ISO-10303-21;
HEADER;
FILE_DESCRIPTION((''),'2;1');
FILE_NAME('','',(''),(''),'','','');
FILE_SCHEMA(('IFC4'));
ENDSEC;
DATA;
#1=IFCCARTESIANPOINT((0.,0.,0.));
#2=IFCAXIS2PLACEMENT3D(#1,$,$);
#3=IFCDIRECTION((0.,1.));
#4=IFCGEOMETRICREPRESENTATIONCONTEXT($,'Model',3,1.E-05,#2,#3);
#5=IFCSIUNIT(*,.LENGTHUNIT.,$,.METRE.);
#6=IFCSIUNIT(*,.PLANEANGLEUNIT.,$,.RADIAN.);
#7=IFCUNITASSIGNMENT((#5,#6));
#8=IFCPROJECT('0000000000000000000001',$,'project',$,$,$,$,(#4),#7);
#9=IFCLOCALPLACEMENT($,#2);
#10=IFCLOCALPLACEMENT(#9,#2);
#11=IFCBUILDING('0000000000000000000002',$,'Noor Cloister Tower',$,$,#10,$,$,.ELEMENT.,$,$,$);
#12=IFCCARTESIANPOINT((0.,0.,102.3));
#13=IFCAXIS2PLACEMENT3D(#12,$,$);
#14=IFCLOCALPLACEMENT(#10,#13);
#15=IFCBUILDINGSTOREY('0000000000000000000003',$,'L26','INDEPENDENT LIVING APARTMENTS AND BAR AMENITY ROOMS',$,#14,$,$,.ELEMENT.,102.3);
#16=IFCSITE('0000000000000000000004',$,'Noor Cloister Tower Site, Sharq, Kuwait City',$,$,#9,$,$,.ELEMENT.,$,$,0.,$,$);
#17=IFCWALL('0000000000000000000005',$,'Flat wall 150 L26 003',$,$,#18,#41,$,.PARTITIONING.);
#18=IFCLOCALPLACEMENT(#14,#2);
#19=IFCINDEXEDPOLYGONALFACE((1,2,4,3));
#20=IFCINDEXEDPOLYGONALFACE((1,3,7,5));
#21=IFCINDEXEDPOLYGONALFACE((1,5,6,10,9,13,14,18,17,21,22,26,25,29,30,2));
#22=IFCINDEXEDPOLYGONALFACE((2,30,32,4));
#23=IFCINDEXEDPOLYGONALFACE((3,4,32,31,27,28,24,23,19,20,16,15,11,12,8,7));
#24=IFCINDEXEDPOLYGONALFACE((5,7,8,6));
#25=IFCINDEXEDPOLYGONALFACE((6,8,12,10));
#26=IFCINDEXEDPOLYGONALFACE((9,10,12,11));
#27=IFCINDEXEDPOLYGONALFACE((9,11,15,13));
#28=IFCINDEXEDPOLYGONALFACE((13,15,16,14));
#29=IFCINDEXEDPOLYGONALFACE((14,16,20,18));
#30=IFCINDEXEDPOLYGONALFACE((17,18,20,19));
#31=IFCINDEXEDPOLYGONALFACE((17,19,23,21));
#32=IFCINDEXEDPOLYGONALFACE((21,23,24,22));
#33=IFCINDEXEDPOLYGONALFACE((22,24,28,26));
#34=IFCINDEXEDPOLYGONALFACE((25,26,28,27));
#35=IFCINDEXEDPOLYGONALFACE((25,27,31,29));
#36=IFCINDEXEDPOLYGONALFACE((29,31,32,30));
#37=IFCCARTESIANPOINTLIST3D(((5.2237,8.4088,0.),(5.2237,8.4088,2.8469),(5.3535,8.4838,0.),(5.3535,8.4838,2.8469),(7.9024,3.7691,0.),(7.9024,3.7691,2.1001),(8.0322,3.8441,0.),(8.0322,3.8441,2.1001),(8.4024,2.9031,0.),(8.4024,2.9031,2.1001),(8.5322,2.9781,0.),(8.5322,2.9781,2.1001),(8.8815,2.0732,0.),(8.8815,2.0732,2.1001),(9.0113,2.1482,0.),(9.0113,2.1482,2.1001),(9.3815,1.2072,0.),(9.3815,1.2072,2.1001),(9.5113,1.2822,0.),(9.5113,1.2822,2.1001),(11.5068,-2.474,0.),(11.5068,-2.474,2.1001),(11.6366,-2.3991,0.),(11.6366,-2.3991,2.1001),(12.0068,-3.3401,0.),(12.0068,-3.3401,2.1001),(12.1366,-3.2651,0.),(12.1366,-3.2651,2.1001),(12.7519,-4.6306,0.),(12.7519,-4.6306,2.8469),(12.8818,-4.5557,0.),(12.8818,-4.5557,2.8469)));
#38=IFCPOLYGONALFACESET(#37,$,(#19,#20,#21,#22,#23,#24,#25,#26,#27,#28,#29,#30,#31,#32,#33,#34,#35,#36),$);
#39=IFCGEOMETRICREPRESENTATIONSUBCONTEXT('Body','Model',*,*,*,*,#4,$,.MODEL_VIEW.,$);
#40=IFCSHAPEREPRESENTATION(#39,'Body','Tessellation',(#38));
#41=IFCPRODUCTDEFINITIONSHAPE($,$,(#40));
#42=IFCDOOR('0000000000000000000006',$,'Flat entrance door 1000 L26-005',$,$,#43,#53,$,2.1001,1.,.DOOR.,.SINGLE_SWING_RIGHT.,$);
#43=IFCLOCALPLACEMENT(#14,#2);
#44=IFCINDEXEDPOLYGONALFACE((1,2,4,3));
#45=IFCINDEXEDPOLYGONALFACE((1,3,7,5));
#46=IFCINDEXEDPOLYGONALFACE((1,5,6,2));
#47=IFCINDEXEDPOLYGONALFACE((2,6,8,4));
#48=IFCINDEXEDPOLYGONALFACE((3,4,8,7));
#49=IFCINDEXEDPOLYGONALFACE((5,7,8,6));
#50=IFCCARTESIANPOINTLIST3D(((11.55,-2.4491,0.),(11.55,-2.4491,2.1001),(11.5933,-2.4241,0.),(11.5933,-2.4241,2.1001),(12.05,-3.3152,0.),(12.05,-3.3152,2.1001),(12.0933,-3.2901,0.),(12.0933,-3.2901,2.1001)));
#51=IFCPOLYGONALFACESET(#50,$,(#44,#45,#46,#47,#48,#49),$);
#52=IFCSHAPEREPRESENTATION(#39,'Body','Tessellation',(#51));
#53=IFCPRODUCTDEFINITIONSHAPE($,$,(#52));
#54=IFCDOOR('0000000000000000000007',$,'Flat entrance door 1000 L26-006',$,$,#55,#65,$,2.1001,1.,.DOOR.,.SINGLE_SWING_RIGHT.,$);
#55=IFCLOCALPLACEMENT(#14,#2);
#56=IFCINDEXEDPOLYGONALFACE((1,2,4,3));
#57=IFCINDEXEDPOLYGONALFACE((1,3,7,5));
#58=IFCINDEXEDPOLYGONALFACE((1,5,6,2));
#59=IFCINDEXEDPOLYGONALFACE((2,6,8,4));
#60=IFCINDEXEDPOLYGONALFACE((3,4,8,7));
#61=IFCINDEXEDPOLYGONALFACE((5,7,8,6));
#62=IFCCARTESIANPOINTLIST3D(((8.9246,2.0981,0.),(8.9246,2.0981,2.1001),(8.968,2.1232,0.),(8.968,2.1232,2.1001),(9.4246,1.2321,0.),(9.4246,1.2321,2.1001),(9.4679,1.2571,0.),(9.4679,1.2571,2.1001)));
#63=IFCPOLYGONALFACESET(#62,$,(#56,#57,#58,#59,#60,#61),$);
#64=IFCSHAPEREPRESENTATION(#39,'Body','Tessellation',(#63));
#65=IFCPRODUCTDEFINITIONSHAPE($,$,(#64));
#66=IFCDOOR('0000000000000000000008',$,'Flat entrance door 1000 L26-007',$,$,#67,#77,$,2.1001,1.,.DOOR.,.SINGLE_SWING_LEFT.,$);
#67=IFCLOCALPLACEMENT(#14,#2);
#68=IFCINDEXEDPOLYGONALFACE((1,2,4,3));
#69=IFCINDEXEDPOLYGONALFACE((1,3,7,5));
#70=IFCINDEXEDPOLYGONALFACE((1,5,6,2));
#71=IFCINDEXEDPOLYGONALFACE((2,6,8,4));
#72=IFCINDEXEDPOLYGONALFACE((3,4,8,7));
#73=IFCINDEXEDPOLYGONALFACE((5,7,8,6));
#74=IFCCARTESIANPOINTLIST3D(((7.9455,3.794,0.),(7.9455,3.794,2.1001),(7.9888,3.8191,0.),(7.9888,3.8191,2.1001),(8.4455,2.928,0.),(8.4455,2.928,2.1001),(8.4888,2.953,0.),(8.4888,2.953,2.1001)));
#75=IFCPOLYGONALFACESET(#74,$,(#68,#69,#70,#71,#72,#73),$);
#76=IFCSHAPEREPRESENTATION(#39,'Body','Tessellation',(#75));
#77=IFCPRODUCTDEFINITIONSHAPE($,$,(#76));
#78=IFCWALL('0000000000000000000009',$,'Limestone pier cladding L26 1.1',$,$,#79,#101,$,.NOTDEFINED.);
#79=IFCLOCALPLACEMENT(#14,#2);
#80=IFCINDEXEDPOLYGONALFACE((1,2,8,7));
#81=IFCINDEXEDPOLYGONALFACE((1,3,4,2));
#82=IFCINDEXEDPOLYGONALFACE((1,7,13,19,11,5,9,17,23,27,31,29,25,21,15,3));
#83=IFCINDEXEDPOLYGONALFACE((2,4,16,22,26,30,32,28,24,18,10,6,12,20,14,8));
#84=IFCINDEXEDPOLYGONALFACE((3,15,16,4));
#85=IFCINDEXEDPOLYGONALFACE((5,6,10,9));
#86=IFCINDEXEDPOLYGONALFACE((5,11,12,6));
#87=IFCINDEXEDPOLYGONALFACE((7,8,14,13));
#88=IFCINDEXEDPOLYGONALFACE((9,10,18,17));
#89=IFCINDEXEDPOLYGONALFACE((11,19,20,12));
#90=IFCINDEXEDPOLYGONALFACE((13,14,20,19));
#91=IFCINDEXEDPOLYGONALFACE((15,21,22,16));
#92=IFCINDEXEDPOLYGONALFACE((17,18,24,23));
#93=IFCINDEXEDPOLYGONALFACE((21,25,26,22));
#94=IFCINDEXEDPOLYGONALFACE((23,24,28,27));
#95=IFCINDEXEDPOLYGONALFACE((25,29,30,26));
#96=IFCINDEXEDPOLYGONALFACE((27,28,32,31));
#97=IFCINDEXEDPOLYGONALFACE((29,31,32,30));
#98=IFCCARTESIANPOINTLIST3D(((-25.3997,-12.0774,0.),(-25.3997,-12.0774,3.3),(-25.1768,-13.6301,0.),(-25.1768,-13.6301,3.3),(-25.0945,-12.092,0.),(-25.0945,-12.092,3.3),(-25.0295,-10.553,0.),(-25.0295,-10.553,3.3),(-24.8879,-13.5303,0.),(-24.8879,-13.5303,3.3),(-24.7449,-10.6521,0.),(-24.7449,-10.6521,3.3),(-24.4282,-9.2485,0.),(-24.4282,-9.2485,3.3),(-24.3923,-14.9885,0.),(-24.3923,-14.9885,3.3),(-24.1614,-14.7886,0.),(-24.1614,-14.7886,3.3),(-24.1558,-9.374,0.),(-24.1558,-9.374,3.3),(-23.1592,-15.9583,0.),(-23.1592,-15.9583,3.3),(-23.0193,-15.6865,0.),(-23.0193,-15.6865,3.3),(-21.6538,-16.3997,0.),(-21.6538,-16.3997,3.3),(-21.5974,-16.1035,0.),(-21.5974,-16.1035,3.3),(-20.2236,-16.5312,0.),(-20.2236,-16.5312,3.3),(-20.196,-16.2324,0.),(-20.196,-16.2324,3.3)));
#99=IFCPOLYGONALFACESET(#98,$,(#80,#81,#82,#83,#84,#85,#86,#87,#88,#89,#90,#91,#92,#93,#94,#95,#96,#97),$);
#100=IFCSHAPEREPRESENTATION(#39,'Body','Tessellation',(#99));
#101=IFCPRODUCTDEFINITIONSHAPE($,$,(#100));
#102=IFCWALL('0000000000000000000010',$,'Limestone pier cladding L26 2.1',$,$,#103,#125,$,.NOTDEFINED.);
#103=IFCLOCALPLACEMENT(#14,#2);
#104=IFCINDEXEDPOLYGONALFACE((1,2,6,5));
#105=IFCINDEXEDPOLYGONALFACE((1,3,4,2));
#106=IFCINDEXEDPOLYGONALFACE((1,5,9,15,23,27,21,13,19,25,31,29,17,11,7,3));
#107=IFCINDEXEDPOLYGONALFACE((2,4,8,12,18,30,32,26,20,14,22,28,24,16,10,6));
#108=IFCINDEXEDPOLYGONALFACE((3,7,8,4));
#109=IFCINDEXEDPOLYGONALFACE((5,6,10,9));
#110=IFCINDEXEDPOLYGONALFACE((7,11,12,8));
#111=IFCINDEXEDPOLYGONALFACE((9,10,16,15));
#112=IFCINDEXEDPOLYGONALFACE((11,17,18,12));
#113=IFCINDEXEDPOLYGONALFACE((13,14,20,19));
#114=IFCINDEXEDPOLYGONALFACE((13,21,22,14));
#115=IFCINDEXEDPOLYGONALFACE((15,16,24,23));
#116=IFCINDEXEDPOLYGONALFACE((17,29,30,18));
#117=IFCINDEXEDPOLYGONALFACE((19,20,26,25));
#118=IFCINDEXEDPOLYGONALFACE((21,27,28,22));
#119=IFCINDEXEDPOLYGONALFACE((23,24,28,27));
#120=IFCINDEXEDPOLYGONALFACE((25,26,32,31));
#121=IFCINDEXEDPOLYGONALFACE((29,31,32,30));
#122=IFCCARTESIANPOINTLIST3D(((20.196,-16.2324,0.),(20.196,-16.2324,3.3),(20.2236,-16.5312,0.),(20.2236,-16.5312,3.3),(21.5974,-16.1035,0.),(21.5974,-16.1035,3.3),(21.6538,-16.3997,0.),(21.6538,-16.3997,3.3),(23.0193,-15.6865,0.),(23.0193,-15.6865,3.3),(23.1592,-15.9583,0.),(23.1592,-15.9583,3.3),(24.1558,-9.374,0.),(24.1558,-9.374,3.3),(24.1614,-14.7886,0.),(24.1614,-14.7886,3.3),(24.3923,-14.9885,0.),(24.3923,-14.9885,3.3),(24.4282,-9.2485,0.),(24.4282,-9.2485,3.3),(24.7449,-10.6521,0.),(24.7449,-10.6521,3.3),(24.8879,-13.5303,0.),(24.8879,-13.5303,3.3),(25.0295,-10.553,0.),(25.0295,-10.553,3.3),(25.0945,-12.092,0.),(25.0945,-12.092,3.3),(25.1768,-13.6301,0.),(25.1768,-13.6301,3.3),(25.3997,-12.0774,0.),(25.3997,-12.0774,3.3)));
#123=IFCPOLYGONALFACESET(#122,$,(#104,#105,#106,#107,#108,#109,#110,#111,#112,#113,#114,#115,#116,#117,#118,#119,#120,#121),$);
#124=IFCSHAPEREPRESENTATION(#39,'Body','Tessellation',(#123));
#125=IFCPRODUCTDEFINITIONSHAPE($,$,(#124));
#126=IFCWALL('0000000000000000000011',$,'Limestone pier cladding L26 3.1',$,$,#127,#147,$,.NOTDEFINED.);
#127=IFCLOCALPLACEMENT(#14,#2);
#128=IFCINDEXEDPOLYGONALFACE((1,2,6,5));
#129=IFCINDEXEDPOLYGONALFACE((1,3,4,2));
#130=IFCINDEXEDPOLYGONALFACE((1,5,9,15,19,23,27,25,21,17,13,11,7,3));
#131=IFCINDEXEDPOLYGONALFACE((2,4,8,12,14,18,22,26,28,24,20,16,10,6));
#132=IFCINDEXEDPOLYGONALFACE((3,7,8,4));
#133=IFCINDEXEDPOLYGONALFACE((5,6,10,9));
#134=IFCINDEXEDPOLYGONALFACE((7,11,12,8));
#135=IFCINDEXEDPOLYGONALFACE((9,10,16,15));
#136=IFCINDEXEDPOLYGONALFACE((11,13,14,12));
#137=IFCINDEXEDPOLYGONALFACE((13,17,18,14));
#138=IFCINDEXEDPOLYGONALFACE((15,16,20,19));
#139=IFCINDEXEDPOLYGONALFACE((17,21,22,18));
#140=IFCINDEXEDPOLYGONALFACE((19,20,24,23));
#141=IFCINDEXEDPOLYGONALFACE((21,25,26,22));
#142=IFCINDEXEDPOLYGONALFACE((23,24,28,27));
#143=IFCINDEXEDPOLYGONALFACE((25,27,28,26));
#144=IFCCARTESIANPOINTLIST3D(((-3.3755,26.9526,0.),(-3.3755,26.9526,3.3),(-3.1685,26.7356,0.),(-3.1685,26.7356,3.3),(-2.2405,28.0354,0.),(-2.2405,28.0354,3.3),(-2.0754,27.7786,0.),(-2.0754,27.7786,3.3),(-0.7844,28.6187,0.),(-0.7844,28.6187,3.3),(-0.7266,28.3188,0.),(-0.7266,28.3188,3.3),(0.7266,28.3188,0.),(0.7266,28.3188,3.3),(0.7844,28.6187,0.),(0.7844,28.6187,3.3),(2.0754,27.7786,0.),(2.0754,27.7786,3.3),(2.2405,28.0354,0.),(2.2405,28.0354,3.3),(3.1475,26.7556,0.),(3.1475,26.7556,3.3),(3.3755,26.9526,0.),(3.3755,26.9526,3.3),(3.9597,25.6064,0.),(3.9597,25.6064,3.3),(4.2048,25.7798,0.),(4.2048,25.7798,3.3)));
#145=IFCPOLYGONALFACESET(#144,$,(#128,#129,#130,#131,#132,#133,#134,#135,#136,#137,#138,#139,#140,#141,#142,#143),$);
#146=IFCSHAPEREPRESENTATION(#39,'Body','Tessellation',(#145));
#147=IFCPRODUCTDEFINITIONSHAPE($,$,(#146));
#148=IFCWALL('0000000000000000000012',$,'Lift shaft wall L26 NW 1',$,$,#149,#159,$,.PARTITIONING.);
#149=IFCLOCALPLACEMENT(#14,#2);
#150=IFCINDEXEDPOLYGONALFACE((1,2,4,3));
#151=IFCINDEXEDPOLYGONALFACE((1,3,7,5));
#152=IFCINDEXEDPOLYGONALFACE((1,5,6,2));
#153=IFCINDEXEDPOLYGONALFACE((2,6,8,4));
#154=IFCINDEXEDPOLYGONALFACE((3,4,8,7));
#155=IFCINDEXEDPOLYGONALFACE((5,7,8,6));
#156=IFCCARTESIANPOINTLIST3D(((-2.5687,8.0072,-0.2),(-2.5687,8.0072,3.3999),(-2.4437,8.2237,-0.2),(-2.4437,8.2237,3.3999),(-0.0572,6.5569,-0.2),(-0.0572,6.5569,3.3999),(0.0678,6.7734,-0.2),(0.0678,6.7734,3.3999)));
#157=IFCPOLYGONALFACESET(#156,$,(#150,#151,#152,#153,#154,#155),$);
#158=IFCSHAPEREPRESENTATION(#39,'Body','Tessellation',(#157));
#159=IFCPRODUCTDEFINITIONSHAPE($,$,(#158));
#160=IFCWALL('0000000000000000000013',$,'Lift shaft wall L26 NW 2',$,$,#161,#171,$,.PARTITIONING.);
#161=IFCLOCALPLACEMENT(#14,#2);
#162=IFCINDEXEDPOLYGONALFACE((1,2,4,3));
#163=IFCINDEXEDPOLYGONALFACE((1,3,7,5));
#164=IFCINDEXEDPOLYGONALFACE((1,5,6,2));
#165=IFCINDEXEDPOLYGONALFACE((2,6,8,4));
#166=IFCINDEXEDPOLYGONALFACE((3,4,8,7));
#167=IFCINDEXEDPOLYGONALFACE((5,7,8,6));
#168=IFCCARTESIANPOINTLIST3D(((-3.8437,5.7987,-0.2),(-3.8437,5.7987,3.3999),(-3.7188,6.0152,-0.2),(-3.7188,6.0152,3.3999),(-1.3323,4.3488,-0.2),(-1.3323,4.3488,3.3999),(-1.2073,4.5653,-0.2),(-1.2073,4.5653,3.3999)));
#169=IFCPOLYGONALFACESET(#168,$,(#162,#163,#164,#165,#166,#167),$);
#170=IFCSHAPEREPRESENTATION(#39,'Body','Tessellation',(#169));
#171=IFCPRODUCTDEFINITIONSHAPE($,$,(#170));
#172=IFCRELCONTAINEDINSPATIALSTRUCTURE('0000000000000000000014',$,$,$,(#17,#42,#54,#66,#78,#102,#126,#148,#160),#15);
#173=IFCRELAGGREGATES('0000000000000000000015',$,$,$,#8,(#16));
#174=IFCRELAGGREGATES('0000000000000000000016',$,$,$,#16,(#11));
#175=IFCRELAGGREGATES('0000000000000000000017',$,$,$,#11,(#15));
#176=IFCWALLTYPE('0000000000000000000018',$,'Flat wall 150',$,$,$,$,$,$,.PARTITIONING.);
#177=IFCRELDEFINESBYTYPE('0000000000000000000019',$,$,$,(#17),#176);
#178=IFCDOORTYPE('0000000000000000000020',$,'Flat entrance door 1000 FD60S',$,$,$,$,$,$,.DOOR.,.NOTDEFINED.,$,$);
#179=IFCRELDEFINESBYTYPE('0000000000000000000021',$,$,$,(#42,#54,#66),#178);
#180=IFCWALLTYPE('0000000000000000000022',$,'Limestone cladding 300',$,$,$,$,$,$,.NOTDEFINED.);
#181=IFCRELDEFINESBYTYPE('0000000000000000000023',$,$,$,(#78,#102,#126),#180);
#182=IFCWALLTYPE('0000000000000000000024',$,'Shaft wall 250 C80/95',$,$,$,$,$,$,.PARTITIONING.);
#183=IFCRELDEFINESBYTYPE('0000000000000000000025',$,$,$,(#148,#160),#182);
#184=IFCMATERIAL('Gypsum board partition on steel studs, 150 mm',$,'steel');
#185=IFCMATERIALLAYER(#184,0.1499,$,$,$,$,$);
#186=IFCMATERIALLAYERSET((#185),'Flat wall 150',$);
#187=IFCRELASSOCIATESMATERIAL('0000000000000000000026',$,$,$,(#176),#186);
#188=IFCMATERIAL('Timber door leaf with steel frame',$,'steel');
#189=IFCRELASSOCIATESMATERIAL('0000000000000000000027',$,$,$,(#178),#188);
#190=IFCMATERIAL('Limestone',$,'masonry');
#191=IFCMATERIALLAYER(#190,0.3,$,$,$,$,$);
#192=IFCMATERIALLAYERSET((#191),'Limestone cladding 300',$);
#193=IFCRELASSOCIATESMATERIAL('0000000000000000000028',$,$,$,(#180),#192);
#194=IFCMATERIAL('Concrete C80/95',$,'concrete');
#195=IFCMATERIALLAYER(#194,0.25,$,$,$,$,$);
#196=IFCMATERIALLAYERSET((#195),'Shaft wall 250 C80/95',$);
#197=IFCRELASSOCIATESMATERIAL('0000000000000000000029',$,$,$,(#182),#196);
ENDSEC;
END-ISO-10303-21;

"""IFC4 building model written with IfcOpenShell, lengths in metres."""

from ifc_helpers import new_model, si_unit, direction, frame, frame_2d, origin, place, context, subcontext, project, spatial, polyline, rectangle, outline, extrude, material, layer, layer_set, type_object, element, fill, save


model = new_model("IFC4")

# Units and contexts
model_context = context("Model", 3, precision=1e-05, world=origin(), true_north=direction((0.0, 1.0)))
body_context = subcontext(model_context, "Body", "Model", "MODEL_VIEW")
ifc_project = project(units=[si_unit("LENGTHUNIT", "METRE"), si_unit("PLANEANGLEUNIT", "RADIAN")], contexts=[model_context])

# Site, building, storey
site_placement = place(None, origin())
site = spatial("IfcSite", under=ifc_project, at=site_placement, Name="Noor Cloister Tower Site, Sharq, Kuwait City", CompositionType="ELEMENT", RefElevation=0.0)
building_placement = place(site_placement, origin())
building = spatial("IfcBuilding", under=site, at=building_placement, Name="Noor Cloister Tower", CompositionType="ELEMENT")
storey_placement = place(building_placement, frame((0.0, 0.0, 102.3)))
storey = spatial("IfcBuildingStorey", under=building, at=storey_placement, Name="L26", Description="INDEPENDENT LIVING APARTMENTS AND BAR AMENITY ROOMS", CompositionType="ELEMENT", Elevation=102.3)

# Wall, openings, doors
ifc_material_1 = material(Name="Gypsum board partition on steel studs, 150 mm", Category="steel")
ifc_layer_1 = layer(ifc_material_1, 0.1499)
ifc_layer_set_1 = layer_set([ifc_layer_1], Name="Flat wall 150")
wall_type_1 = type_object("IfcWallType", Name="Flat wall 150", PredefinedType="PARTITIONING", material=ifc_layer_set_1)
wall_1_placement = place(storey_placement, frame((5.2886, 8.4463, 0.0), z_axis=(0.0, 0.0, 1.0), x_axis=(0.499997, -0.866027, 0.0)))
wall_1 = element("IfcWall", 1, at=wall_1_placement, inside=storey, type_object=wall_type_1, Name="Flat wall 150 L26 003", PredefinedType="PARTITIONING", context=body_context, shape_type="SweptSolid", body=[
    extrude(rectangle(XDim=15.0566, YDim=0.1499, at=frame_2d((7.5283, 0.0))), origin(), (0.0, 0.0, 1.0), 2.8469),
])
opening_1_placement = place(wall_1_placement, frame((12.5664, 0.0, 0.0)))
opening_1 = element("IfcOpeningElement", 2, at=opening_1_placement, cuts=wall_1, PredefinedType="OPENING", context=body_context, shape_type="SweptSolid", body=[
    extrude(rectangle(XDim=1.0, YDim=2.1001, at=frame_2d((0.5, 1.05))), frame((0.0, 0.085, 0.0), z_axis=(0.0, -1.0, 0.0), x_axis=(1.0, 0.0, 0.0)), (0.0, 0.0, 1.0), 0.1699),
])
opening_2_placement = place(wall_1_placement, frame((7.3157, 0.0, 0.0)))
opening_2 = element("IfcOpeningElement", 3, at=opening_2_placement, cuts=wall_1, PredefinedType="OPENING", context=body_context, shape_type="SweptSolid", body=[
    extrude(rectangle(XDim=1.0, YDim=2.1001, at=frame_2d((0.5, 1.05))), frame((0.0, 0.085, 0.0), z_axis=(0.0, -1.0, 0.0), x_axis=(1.0, 0.0, 0.0)), (0.0, 0.0, 1.0), 0.1699),
])
opening_3_placement = place(wall_1_placement, frame((5.3574, 0.0, 0.0)))
opening_3 = element("IfcOpeningElement", 4, at=opening_3_placement, cuts=wall_1, PredefinedType="OPENING", context=body_context, shape_type="SweptSolid", body=[
    extrude(rectangle(XDim=1.0, YDim=2.1001, at=frame_2d((0.5, 1.05))), frame((0.0, 0.085, 0.0), z_axis=(0.0, -1.0, 0.0), x_axis=(1.0, 0.0, 0.0)), (0.0, 0.0, 1.0), 0.1699),
])
ifc_material_2 = material(Name="Timber door leaf with steel frame", Category="steel")
door_type_1 = type_object("IfcDoorType", Name="Flat entrance door 1000 FD60S", OperationType="NOTDEFINED", PredefinedType="DOOR", material=ifc_material_2)
door_1_placement = place(opening_1_placement, origin())
door_1 = element("IfcDoor", 5, at=door_1_placement, inside=storey, type_object=door_type_1, Name="Flat entrance door 1000 L26-005", OperationType="SINGLE_SWING_RIGHT", OverallHeight=2.1001, OverallWidth=1.0, PredefinedType="DOOR", context=body_context, shape_type="SweptSolid", body=[
    extrude(rectangle(XDim=1.0, YDim=2.1001, at=frame_2d((0.5, 1.05))), frame((0.0, 0.0249, 0.0), z_axis=(0.0, -1.0, 0.0), x_axis=(1.0, 0.0, 0.0)), (0.0, 0.0, 1.0), 0.05),
])
fill(opening_1, door_1)
door_2_placement = place(opening_2_placement, origin())
door_2 = element("IfcDoor", 6, at=door_2_placement, inside=storey, type_object=door_type_1, Name="Flat entrance door 1000 L26-006", OperationType="SINGLE_SWING_RIGHT", OverallHeight=2.1001, OverallWidth=1.0, PredefinedType="DOOR", context=body_context, shape_type="SweptSolid", body=[
    extrude(rectangle(XDim=1.0, YDim=2.1001, at=frame_2d((0.5, 1.05))), frame((0.0, 0.0249, 0.0), z_axis=(0.0, -1.0, 0.0), x_axis=(1.0, 0.0, 0.0)), (0.0, 0.0, 1.0), 0.05),
])
fill(opening_2, door_2)
door_3_placement = place(opening_3_placement, origin())
door_3 = element("IfcDoor", 7, at=door_3_placement, inside=storey, type_object=door_type_1, Name="Flat entrance door 1000 L26-007", OperationType="SINGLE_SWING_LEFT", OverallHeight=2.1001, OverallWidth=1.0, PredefinedType="DOOR", context=body_context, shape_type="SweptSolid", body=[
    extrude(rectangle(XDim=1.0, YDim=2.1001, at=frame_2d((0.5, 1.05))), frame((0.0, 0.0249, 0.0), z_axis=(0.0, -1.0, 0.0), x_axis=(1.0, 0.0, 0.0)), (0.0, 0.0, 1.0), 0.05),
])
fill(opening_3, door_3)

# Walls
ifc_material_3 = material(Name="Limestone", Category="masonry")
ifc_layer_2 = layer(ifc_material_3, 0.3)
ifc_layer_set_2 = layer_set([ifc_layer_2], Name="Limestone cladding 300")
wall_type_2 = type_object("IfcWallType", Name="Limestone cladding 300", PredefinedType="NOTDEFINED", material=ifc_layer_set_2)
wall_2_placement = place(storey_placement, origin())
element("IfcWall", 8, at=wall_2_placement, inside=storey, type_object=wall_type_2, Name="Limestone pier cladding L26 1.1", PredefinedType="NOTDEFINED", context=body_context, shape_type="SweptSolid", body=[
    extrude(outline(polyline([(-24.4282, -9.2485), (-25.0295, -10.553), (-25.3997, -12.0774), (-25.1768, -13.6301), (-24.3923, -14.9885), (-23.1592, -15.9583), (-21.6538, -16.3997), (-20.2236, -16.5312), (-20.196, -16.2324), (-21.5974, -16.1035), (-23.0193, -15.6865), (-24.1614, -14.7886), (-24.8879, -13.5303), (-25.0945, -12.092), (-24.7449, -10.6521), (-24.1558, -9.374), (-24.4282, -9.2485)])), origin(), (0.0, 0.0, 1.0), 3.3),
])
wall_3_placement = place(storey_placement, origin())
element("IfcWall", 9, at=wall_3_placement, inside=storey, type_object=wall_type_2, Name="Limestone pier cladding L26 2.1", PredefinedType="NOTDEFINED", context=body_context, shape_type="SweptSolid", body=[
    extrude(outline(polyline([(20.2236, -16.5312), (21.6538, -16.3997), (23.1592, -15.9583), (24.3923, -14.9885), (25.1768, -13.6301), (25.3997, -12.0774), (25.0295, -10.553), (24.4282, -9.2485), (24.1558, -9.374), (24.7449, -10.6521), (25.0945, -12.092), (24.8879, -13.5303), (24.1614, -14.7886), (23.0193, -15.6865), (21.5974, -16.1035), (20.196, -16.2324), (20.2236, -16.5312)])), origin(), (0.0, 0.0, 1.0), 3.3),
])
wall_4_placement = place(storey_placement, origin())
element("IfcWall", 10, at=wall_4_placement, inside=storey, type_object=wall_type_2, Name="Limestone pier cladding L26 3.1", PredefinedType="NOTDEFINED", context=body_context, shape_type="SweptSolid", body=[
    extrude(outline(polyline([(4.2048, 25.7798), (3.3755, 26.9526), (2.2405, 28.0354), (0.7844, 28.6187), (-0.7844, 28.6187), (-2.2405, 28.0354), (-3.3755, 26.9526), (-3.1685, 26.7356), (-2.0754, 27.7786), (-0.7266, 28.3188), (0.7266, 28.3188), (2.0754, 27.7786), (3.1475, 26.7556), (3.9597, 25.6064), (4.2048, 25.7798)])), origin(), (0.0, 0.0, 1.0), 3.3),
])
ifc_material_4 = material(Name="Concrete C80/95", Category="concrete")
ifc_layer_3 = layer(ifc_material_4, 0.25)
ifc_layer_set_3 = layer_set([ifc_layer_3], Name="Shaft wall 250 C80/95")
wall_type_3 = type_object("IfcWallType", Name="Shaft wall 250 C80/95", PredefinedType="PARTITIONING", material=ifc_layer_set_3)
wall_5_placement = place(storey_placement, frame((-2.5063, 8.1155, -0.2), z_axis=(0.0, 0.0, 1.0), x_axis=(0.865996, -0.50005, 0.0)))
element("IfcWall", 11, at=wall_5_placement, inside=storey, type_object=wall_type_3, Name="Lift shaft wall L26 NW 1", PredefinedType="PARTITIONING", context=body_context, shape_type="SweptSolid", body=[
    extrude(rectangle(XDim=2.9001, YDim=0.25, at=frame_2d((1.4502, 0.0))), origin(), (0.0, 0.0, 1.0), 3.5999),
])
for number, where, z_axis, x_axis, name in (
    (12, (-3.7812, 5.907, -0.2), (0.0, 0.0, 1.0), (0.866033, -0.499987, 0.0), "Lift shaft wall L26 NW 2"),
):
    element("IfcWall", number, at=place(storey_placement, frame(where, z_axis=z_axis, x_axis=x_axis)), inside=storey, type_object=wall_type_3, Name=name, PredefinedType="PARTITIONING", context=body_context, shape_type="SweptSolid", body=[
        extrude(rectangle(XDim=2.8999, YDim=0.25, at=frame_2d((1.45, 0.0))), origin(), (0.0, 0.0, 1.0), 3.5999),
    ])

save(model, "model.ifc")
